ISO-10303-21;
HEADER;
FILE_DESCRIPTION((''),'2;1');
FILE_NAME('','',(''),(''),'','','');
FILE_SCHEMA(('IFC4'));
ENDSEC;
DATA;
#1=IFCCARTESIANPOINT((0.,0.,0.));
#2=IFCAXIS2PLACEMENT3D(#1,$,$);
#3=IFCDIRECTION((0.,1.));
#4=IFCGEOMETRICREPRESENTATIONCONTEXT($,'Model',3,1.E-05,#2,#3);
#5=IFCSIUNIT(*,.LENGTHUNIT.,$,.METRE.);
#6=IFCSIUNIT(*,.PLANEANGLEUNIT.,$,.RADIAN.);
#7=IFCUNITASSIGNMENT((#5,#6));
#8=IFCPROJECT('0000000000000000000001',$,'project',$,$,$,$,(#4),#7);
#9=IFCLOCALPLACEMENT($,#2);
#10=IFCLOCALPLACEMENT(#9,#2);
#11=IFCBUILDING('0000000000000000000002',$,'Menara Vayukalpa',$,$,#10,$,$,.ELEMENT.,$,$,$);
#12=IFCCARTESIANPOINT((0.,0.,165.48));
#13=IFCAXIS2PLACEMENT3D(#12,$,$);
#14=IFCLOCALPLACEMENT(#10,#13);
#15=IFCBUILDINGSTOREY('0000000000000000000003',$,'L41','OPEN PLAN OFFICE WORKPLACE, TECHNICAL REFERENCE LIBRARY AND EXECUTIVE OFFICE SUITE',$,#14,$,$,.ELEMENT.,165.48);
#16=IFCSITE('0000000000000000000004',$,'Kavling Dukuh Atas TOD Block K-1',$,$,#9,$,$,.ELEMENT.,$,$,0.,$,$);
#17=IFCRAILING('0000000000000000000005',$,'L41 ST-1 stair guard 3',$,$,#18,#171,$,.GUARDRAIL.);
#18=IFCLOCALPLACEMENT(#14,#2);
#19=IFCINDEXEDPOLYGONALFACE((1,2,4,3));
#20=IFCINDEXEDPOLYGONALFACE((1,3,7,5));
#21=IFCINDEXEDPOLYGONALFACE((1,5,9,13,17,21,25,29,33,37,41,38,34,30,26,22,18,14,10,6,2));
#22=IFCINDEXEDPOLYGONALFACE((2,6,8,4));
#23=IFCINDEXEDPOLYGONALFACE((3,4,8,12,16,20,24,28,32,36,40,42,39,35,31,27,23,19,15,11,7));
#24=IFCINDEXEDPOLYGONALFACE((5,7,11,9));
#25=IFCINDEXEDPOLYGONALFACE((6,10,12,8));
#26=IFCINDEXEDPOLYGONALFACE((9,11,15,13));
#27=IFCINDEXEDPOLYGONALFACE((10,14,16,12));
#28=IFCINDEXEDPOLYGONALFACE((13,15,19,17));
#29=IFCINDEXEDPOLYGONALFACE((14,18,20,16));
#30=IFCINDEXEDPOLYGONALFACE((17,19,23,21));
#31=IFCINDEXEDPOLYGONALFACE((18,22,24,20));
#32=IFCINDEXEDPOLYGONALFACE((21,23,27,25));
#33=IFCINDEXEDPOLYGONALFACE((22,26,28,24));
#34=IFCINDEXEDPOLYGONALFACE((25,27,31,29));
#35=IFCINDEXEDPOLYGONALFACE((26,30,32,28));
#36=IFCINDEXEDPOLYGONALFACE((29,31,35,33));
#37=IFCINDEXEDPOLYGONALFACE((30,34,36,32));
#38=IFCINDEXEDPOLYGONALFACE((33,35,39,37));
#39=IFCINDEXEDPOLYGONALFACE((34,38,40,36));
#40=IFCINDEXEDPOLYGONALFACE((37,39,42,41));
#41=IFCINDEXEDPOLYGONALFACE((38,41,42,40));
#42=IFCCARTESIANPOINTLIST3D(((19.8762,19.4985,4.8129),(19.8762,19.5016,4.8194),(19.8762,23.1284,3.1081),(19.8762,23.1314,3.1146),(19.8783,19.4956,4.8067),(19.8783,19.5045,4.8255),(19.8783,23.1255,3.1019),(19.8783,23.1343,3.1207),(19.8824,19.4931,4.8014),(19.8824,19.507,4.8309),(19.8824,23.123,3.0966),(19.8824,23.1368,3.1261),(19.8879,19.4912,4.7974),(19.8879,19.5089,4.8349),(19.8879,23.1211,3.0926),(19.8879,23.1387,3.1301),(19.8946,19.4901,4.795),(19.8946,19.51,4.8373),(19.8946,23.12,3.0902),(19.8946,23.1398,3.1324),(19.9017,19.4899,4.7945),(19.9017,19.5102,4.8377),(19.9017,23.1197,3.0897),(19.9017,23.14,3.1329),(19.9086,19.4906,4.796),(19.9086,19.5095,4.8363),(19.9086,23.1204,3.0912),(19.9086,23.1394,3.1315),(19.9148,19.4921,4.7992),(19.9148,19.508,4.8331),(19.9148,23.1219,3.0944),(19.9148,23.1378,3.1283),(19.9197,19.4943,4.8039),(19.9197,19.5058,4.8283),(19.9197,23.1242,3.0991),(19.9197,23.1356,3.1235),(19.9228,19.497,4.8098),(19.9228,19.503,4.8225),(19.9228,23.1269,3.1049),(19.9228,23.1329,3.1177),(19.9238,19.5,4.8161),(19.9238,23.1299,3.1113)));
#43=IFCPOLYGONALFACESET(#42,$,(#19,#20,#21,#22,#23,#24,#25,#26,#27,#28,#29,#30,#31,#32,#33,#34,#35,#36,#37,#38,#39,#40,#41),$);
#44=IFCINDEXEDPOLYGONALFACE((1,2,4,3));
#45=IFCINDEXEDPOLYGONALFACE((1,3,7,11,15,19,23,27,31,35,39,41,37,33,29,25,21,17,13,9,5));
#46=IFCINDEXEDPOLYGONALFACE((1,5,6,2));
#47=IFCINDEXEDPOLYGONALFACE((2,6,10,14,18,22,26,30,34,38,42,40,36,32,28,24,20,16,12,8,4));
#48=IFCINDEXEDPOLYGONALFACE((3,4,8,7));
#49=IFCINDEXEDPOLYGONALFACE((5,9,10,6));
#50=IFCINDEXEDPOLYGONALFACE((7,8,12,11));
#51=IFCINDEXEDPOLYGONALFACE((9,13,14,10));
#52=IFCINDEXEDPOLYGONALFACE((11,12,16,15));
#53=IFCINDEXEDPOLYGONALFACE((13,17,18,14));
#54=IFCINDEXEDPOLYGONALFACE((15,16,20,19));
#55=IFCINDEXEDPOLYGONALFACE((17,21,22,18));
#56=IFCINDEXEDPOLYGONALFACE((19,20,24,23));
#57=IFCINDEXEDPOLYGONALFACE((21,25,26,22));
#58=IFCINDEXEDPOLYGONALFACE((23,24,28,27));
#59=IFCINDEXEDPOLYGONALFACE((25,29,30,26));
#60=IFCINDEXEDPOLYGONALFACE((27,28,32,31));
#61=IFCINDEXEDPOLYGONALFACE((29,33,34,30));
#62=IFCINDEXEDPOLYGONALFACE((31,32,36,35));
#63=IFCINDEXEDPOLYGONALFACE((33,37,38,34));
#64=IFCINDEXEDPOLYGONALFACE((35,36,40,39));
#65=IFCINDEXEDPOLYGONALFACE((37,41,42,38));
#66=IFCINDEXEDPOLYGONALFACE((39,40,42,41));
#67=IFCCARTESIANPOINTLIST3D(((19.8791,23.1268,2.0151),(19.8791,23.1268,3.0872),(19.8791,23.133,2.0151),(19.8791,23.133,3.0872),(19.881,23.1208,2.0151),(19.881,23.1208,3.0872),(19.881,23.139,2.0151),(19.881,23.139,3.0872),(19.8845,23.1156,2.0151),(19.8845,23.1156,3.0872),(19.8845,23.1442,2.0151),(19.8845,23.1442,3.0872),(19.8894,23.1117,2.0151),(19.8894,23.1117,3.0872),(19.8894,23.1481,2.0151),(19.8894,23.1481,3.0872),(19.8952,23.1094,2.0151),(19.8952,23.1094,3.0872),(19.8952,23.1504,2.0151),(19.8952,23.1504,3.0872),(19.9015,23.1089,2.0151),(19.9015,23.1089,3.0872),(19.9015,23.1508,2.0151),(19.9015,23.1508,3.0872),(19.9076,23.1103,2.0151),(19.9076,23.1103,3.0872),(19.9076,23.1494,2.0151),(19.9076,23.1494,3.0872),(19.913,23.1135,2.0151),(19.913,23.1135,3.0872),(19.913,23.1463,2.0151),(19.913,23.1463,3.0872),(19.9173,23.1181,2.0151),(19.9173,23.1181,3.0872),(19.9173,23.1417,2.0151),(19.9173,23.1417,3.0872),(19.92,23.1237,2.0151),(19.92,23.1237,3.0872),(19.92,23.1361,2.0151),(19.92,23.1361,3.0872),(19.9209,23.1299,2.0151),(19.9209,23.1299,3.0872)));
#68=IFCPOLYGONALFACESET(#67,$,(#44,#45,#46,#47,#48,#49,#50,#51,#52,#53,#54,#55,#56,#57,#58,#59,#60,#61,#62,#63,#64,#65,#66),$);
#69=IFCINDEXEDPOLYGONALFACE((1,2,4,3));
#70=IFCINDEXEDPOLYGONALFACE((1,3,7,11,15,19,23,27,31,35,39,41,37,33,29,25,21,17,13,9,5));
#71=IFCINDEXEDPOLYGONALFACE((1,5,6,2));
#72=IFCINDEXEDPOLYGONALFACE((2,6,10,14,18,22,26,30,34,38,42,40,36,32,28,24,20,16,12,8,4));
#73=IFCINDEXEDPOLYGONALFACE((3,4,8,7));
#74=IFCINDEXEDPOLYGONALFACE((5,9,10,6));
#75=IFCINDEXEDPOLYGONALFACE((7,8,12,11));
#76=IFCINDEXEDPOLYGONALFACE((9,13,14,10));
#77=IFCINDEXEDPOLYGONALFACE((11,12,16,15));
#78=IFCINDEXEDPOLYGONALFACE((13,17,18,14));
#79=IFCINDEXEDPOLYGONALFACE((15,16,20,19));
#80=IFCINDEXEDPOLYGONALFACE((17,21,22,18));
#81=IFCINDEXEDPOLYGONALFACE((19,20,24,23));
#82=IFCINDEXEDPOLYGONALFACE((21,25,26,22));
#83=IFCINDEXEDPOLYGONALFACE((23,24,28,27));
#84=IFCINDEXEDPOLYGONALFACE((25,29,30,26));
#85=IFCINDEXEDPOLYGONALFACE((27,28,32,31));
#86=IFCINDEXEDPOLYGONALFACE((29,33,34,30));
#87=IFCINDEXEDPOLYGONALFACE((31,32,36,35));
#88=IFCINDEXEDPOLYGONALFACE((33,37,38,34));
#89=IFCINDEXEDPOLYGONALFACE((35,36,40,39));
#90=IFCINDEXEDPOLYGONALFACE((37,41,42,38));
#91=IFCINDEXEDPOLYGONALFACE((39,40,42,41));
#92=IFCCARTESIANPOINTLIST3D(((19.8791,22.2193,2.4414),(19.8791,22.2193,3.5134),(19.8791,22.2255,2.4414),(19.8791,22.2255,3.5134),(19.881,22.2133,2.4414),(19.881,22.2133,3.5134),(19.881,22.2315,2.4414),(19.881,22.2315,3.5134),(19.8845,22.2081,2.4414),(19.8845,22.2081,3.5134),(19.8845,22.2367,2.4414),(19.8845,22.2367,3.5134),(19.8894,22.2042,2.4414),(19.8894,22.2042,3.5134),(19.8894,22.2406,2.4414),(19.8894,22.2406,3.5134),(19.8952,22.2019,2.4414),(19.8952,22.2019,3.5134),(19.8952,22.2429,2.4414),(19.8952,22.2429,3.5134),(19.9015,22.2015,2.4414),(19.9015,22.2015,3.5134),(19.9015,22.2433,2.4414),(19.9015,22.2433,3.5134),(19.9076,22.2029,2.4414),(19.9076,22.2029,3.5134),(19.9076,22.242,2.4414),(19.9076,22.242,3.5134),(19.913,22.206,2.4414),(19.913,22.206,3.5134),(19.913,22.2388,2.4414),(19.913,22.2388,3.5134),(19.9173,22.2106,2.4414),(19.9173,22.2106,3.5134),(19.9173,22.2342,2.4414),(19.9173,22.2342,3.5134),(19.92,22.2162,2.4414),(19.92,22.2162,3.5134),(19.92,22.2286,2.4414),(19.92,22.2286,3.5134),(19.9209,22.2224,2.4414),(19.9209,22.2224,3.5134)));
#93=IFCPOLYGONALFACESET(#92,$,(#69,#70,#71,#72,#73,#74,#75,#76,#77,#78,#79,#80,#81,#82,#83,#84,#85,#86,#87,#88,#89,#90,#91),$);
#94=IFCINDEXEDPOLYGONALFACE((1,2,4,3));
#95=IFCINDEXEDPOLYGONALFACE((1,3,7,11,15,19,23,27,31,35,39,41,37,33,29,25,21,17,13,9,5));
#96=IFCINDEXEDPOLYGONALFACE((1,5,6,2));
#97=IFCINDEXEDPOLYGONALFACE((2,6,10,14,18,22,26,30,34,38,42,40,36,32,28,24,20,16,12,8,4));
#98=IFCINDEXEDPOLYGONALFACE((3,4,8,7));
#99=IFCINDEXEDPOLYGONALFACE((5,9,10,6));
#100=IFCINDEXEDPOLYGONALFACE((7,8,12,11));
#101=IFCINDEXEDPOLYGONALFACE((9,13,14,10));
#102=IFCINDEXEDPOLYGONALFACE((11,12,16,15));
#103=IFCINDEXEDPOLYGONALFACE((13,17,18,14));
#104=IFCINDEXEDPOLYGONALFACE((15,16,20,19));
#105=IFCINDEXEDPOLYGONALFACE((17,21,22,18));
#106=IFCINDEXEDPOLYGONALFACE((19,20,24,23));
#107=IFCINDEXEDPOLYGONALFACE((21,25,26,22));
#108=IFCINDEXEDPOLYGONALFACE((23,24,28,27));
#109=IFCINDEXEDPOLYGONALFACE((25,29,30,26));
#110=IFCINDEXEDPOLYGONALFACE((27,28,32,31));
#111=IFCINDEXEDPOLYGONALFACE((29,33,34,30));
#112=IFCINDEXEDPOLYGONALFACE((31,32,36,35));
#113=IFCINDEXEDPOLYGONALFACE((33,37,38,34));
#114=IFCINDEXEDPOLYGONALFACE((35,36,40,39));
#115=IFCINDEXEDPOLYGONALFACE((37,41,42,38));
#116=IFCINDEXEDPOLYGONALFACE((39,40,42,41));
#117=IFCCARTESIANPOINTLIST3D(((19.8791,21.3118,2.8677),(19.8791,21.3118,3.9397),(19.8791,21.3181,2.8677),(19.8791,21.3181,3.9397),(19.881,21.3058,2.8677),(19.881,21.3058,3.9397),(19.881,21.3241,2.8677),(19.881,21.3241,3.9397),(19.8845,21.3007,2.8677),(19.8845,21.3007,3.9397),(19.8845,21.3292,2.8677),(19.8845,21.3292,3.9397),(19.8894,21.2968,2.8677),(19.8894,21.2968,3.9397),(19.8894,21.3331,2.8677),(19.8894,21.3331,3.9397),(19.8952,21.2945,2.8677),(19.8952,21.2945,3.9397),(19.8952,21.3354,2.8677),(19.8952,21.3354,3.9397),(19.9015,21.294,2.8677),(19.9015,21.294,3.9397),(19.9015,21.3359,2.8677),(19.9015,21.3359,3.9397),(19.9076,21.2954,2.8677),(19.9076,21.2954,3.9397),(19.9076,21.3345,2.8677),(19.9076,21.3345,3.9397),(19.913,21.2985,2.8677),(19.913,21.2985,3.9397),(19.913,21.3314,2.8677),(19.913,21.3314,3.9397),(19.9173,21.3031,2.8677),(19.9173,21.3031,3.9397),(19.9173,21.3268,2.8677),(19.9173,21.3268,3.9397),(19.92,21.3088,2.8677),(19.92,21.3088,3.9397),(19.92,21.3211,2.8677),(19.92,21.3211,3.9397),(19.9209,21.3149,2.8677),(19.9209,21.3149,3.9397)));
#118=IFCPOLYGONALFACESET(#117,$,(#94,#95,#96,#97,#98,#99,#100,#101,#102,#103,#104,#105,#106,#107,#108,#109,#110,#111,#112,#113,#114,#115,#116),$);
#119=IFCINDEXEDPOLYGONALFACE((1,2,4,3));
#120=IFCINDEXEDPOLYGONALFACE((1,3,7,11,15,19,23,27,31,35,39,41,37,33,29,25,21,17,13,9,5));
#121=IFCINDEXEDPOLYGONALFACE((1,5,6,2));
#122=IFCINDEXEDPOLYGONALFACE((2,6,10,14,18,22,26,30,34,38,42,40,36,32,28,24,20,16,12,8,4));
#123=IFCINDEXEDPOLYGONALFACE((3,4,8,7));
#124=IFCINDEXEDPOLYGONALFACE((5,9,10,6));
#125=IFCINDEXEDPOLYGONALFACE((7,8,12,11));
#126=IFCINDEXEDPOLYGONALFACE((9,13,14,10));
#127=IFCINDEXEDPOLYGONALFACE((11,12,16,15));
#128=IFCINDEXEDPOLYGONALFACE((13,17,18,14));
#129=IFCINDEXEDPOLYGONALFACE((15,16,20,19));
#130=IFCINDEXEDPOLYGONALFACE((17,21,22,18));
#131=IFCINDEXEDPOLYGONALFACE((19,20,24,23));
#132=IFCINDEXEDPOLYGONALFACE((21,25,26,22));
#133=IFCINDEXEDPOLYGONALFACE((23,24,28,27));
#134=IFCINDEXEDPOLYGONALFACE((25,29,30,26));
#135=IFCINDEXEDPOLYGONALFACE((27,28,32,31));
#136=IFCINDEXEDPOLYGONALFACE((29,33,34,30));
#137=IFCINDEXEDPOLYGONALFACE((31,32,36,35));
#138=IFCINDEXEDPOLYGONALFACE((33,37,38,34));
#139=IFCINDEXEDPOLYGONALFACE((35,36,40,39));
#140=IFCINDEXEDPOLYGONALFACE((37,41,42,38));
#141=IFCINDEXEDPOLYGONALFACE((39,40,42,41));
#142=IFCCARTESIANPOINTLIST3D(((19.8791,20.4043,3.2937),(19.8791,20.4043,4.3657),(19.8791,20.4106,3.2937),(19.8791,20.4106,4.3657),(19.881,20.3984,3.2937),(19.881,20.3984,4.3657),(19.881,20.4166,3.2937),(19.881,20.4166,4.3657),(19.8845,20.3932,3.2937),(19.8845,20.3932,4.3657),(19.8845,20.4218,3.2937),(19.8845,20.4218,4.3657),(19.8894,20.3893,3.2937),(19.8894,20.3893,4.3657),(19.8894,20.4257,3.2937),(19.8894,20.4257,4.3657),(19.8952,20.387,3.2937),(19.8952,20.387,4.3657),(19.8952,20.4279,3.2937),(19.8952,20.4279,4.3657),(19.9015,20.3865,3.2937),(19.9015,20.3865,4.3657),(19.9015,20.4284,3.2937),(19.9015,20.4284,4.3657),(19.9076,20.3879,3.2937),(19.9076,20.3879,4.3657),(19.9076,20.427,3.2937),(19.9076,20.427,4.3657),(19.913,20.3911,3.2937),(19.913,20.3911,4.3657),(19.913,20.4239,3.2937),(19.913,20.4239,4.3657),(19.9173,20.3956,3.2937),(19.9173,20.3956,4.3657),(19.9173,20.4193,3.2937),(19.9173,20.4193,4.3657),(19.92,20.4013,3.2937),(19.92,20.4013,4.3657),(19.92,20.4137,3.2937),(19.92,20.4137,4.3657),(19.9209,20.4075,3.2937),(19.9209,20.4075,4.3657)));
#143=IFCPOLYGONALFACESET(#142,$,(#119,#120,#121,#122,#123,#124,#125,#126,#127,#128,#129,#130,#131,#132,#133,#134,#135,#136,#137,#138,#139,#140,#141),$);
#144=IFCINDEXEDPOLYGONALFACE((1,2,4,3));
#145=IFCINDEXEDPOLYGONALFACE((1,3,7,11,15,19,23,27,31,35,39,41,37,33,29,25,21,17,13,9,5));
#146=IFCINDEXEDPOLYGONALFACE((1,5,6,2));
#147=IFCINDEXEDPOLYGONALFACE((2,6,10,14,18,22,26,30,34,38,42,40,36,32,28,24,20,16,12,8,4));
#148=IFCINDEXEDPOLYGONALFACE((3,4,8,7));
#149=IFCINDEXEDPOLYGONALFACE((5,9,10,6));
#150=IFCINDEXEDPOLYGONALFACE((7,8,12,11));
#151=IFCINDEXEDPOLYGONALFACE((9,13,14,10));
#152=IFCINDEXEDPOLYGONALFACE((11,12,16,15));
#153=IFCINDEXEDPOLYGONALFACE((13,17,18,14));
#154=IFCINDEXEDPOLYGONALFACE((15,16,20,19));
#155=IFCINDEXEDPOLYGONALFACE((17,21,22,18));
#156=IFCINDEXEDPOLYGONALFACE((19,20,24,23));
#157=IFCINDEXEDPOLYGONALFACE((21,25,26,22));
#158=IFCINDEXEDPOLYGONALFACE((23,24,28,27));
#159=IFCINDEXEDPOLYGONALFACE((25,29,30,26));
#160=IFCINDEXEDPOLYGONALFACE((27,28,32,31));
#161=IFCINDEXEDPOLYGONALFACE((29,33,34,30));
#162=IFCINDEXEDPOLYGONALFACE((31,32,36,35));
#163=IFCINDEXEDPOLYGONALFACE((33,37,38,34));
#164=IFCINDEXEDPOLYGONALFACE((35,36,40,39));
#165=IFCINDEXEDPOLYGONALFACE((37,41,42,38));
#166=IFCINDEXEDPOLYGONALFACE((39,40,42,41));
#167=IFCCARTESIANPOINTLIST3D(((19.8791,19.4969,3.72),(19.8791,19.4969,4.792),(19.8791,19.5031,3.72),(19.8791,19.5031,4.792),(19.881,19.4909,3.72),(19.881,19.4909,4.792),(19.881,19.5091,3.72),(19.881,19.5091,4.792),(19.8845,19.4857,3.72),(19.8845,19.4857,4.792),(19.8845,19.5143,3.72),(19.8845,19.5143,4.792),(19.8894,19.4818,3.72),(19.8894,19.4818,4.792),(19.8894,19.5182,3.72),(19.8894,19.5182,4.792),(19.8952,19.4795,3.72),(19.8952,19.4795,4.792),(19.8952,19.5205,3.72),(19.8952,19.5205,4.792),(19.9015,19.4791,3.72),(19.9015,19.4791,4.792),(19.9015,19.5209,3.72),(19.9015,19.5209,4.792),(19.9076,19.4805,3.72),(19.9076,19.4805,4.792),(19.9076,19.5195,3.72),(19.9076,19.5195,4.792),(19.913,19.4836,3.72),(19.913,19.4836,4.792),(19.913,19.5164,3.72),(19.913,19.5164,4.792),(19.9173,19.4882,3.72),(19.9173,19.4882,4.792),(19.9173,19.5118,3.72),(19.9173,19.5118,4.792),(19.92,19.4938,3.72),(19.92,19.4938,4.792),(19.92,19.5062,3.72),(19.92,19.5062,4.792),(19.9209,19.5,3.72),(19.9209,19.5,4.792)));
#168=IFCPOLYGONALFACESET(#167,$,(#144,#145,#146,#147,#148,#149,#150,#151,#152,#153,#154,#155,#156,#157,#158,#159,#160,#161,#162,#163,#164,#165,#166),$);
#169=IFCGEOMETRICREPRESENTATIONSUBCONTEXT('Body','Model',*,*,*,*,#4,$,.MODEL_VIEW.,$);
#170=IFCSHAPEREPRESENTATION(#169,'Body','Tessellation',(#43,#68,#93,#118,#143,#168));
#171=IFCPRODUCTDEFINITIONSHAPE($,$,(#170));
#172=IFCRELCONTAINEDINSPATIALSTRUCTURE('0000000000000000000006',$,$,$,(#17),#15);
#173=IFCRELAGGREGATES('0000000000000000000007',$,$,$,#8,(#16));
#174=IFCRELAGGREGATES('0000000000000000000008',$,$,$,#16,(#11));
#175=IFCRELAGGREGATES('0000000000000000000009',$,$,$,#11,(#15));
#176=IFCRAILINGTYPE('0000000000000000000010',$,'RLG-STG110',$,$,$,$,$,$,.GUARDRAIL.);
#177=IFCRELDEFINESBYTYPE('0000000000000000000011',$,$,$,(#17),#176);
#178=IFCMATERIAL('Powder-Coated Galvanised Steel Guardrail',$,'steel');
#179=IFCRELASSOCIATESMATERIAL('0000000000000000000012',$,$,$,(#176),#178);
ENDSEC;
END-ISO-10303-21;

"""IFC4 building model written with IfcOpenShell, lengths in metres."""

from ifc_helpers import new_model, si_unit, direction, frame, origin, origin_2d, place, context, subcontext, project, spatial, circle, extrude, material, type_object, element, save


model = new_model("IFC4")

# Units and contexts
model_context = context("Model", 3, precision=1e-05, world=origin(), true_north=direction((0.0, 1.0)))
body_context = subcontext(model_context, "Body", "Model", "MODEL_VIEW")
ifc_project = project(units=[si_unit("LENGTHUNIT", "METRE"), si_unit("PLANEANGLEUNIT", "RADIAN")], contexts=[model_context])

# Site, building, storey
site_placement = place(None, origin())
site = spatial("IfcSite", under=ifc_project, at=site_placement, Name="Kavling Dukuh Atas TOD Block K-1", CompositionType="ELEMENT", RefElevation=0.0)
building_placement = place(site_placement, origin())
building = spatial("IfcBuilding", under=site, at=building_placement, Name="Menara Vayukalpa", CompositionType="ELEMENT")
storey_placement = place(building_placement, frame((0.0, 0.0, 165.48)))
storey = spatial("IfcBuildingStorey", under=building, at=storey_placement, Name="L41", Description="OPEN PLAN OFFICE WORKPLACE, TECHNICAL REFERENCE LIBRARY AND EXECUTIVE OFFICE SUITE", CompositionType="ELEMENT", Elevation=165.48)

# Railing
ifc_material_1 = material(Name="Powder-Coated Galvanised Steel Guardrail", Category="steel")
railing_type_1 = type_object("IfcRailingType", Name="RLG-STG110", PredefinedType="GUARDRAIL", material=ifc_material_1)
railing_1_placement = place(storey_placement, frame((19.8999, 23.1299, 2.0151)))
element("IfcRailing", 1, at=railing_1_placement, inside=storey, type_object=railing_type_1, Name="L41 ST-1 stair guard 3", PredefinedType="GUARDRAIL", context=body_context, shape_type="SweptSolid", body=[
    extrude(circle(Radius=0.0239, at=origin_2d()), frame((0.0, 0.0, 1.0962), z_axis=(0.0, -0.90514, 0.425114), x_axis=(1.0, 0.0, 0.0)), (0.0, 0.0, 1.0), 4.0103),
    extrude(circle(Radius=0.021, at=origin_2d()), origin(), (0.0, 0.0, 1.0), 1.072),
    extrude(circle(Radius=0.021, at=origin_2d()), frame((0.0, -0.9075, 0.4263)), (0.0, 0.0, 1.0), 1.072),
    extrude(circle(Radius=0.021, at=origin_2d()), frame((0.0, -1.8149, 0.8525)), (0.0, 0.0, 1.0), 1.072),
    extrude(circle(Radius=0.021, at=origin_2d()), frame((0.0, -2.7224, 1.2786)), (0.0, 0.0, 1.0), 1.072),
    extrude(circle(Radius=0.021, at=origin_2d()), frame((0.0, -3.6299, 1.7048)), (0.0, 0.0, 1.0), 1.072),
])

save(model, "model.ifc")
